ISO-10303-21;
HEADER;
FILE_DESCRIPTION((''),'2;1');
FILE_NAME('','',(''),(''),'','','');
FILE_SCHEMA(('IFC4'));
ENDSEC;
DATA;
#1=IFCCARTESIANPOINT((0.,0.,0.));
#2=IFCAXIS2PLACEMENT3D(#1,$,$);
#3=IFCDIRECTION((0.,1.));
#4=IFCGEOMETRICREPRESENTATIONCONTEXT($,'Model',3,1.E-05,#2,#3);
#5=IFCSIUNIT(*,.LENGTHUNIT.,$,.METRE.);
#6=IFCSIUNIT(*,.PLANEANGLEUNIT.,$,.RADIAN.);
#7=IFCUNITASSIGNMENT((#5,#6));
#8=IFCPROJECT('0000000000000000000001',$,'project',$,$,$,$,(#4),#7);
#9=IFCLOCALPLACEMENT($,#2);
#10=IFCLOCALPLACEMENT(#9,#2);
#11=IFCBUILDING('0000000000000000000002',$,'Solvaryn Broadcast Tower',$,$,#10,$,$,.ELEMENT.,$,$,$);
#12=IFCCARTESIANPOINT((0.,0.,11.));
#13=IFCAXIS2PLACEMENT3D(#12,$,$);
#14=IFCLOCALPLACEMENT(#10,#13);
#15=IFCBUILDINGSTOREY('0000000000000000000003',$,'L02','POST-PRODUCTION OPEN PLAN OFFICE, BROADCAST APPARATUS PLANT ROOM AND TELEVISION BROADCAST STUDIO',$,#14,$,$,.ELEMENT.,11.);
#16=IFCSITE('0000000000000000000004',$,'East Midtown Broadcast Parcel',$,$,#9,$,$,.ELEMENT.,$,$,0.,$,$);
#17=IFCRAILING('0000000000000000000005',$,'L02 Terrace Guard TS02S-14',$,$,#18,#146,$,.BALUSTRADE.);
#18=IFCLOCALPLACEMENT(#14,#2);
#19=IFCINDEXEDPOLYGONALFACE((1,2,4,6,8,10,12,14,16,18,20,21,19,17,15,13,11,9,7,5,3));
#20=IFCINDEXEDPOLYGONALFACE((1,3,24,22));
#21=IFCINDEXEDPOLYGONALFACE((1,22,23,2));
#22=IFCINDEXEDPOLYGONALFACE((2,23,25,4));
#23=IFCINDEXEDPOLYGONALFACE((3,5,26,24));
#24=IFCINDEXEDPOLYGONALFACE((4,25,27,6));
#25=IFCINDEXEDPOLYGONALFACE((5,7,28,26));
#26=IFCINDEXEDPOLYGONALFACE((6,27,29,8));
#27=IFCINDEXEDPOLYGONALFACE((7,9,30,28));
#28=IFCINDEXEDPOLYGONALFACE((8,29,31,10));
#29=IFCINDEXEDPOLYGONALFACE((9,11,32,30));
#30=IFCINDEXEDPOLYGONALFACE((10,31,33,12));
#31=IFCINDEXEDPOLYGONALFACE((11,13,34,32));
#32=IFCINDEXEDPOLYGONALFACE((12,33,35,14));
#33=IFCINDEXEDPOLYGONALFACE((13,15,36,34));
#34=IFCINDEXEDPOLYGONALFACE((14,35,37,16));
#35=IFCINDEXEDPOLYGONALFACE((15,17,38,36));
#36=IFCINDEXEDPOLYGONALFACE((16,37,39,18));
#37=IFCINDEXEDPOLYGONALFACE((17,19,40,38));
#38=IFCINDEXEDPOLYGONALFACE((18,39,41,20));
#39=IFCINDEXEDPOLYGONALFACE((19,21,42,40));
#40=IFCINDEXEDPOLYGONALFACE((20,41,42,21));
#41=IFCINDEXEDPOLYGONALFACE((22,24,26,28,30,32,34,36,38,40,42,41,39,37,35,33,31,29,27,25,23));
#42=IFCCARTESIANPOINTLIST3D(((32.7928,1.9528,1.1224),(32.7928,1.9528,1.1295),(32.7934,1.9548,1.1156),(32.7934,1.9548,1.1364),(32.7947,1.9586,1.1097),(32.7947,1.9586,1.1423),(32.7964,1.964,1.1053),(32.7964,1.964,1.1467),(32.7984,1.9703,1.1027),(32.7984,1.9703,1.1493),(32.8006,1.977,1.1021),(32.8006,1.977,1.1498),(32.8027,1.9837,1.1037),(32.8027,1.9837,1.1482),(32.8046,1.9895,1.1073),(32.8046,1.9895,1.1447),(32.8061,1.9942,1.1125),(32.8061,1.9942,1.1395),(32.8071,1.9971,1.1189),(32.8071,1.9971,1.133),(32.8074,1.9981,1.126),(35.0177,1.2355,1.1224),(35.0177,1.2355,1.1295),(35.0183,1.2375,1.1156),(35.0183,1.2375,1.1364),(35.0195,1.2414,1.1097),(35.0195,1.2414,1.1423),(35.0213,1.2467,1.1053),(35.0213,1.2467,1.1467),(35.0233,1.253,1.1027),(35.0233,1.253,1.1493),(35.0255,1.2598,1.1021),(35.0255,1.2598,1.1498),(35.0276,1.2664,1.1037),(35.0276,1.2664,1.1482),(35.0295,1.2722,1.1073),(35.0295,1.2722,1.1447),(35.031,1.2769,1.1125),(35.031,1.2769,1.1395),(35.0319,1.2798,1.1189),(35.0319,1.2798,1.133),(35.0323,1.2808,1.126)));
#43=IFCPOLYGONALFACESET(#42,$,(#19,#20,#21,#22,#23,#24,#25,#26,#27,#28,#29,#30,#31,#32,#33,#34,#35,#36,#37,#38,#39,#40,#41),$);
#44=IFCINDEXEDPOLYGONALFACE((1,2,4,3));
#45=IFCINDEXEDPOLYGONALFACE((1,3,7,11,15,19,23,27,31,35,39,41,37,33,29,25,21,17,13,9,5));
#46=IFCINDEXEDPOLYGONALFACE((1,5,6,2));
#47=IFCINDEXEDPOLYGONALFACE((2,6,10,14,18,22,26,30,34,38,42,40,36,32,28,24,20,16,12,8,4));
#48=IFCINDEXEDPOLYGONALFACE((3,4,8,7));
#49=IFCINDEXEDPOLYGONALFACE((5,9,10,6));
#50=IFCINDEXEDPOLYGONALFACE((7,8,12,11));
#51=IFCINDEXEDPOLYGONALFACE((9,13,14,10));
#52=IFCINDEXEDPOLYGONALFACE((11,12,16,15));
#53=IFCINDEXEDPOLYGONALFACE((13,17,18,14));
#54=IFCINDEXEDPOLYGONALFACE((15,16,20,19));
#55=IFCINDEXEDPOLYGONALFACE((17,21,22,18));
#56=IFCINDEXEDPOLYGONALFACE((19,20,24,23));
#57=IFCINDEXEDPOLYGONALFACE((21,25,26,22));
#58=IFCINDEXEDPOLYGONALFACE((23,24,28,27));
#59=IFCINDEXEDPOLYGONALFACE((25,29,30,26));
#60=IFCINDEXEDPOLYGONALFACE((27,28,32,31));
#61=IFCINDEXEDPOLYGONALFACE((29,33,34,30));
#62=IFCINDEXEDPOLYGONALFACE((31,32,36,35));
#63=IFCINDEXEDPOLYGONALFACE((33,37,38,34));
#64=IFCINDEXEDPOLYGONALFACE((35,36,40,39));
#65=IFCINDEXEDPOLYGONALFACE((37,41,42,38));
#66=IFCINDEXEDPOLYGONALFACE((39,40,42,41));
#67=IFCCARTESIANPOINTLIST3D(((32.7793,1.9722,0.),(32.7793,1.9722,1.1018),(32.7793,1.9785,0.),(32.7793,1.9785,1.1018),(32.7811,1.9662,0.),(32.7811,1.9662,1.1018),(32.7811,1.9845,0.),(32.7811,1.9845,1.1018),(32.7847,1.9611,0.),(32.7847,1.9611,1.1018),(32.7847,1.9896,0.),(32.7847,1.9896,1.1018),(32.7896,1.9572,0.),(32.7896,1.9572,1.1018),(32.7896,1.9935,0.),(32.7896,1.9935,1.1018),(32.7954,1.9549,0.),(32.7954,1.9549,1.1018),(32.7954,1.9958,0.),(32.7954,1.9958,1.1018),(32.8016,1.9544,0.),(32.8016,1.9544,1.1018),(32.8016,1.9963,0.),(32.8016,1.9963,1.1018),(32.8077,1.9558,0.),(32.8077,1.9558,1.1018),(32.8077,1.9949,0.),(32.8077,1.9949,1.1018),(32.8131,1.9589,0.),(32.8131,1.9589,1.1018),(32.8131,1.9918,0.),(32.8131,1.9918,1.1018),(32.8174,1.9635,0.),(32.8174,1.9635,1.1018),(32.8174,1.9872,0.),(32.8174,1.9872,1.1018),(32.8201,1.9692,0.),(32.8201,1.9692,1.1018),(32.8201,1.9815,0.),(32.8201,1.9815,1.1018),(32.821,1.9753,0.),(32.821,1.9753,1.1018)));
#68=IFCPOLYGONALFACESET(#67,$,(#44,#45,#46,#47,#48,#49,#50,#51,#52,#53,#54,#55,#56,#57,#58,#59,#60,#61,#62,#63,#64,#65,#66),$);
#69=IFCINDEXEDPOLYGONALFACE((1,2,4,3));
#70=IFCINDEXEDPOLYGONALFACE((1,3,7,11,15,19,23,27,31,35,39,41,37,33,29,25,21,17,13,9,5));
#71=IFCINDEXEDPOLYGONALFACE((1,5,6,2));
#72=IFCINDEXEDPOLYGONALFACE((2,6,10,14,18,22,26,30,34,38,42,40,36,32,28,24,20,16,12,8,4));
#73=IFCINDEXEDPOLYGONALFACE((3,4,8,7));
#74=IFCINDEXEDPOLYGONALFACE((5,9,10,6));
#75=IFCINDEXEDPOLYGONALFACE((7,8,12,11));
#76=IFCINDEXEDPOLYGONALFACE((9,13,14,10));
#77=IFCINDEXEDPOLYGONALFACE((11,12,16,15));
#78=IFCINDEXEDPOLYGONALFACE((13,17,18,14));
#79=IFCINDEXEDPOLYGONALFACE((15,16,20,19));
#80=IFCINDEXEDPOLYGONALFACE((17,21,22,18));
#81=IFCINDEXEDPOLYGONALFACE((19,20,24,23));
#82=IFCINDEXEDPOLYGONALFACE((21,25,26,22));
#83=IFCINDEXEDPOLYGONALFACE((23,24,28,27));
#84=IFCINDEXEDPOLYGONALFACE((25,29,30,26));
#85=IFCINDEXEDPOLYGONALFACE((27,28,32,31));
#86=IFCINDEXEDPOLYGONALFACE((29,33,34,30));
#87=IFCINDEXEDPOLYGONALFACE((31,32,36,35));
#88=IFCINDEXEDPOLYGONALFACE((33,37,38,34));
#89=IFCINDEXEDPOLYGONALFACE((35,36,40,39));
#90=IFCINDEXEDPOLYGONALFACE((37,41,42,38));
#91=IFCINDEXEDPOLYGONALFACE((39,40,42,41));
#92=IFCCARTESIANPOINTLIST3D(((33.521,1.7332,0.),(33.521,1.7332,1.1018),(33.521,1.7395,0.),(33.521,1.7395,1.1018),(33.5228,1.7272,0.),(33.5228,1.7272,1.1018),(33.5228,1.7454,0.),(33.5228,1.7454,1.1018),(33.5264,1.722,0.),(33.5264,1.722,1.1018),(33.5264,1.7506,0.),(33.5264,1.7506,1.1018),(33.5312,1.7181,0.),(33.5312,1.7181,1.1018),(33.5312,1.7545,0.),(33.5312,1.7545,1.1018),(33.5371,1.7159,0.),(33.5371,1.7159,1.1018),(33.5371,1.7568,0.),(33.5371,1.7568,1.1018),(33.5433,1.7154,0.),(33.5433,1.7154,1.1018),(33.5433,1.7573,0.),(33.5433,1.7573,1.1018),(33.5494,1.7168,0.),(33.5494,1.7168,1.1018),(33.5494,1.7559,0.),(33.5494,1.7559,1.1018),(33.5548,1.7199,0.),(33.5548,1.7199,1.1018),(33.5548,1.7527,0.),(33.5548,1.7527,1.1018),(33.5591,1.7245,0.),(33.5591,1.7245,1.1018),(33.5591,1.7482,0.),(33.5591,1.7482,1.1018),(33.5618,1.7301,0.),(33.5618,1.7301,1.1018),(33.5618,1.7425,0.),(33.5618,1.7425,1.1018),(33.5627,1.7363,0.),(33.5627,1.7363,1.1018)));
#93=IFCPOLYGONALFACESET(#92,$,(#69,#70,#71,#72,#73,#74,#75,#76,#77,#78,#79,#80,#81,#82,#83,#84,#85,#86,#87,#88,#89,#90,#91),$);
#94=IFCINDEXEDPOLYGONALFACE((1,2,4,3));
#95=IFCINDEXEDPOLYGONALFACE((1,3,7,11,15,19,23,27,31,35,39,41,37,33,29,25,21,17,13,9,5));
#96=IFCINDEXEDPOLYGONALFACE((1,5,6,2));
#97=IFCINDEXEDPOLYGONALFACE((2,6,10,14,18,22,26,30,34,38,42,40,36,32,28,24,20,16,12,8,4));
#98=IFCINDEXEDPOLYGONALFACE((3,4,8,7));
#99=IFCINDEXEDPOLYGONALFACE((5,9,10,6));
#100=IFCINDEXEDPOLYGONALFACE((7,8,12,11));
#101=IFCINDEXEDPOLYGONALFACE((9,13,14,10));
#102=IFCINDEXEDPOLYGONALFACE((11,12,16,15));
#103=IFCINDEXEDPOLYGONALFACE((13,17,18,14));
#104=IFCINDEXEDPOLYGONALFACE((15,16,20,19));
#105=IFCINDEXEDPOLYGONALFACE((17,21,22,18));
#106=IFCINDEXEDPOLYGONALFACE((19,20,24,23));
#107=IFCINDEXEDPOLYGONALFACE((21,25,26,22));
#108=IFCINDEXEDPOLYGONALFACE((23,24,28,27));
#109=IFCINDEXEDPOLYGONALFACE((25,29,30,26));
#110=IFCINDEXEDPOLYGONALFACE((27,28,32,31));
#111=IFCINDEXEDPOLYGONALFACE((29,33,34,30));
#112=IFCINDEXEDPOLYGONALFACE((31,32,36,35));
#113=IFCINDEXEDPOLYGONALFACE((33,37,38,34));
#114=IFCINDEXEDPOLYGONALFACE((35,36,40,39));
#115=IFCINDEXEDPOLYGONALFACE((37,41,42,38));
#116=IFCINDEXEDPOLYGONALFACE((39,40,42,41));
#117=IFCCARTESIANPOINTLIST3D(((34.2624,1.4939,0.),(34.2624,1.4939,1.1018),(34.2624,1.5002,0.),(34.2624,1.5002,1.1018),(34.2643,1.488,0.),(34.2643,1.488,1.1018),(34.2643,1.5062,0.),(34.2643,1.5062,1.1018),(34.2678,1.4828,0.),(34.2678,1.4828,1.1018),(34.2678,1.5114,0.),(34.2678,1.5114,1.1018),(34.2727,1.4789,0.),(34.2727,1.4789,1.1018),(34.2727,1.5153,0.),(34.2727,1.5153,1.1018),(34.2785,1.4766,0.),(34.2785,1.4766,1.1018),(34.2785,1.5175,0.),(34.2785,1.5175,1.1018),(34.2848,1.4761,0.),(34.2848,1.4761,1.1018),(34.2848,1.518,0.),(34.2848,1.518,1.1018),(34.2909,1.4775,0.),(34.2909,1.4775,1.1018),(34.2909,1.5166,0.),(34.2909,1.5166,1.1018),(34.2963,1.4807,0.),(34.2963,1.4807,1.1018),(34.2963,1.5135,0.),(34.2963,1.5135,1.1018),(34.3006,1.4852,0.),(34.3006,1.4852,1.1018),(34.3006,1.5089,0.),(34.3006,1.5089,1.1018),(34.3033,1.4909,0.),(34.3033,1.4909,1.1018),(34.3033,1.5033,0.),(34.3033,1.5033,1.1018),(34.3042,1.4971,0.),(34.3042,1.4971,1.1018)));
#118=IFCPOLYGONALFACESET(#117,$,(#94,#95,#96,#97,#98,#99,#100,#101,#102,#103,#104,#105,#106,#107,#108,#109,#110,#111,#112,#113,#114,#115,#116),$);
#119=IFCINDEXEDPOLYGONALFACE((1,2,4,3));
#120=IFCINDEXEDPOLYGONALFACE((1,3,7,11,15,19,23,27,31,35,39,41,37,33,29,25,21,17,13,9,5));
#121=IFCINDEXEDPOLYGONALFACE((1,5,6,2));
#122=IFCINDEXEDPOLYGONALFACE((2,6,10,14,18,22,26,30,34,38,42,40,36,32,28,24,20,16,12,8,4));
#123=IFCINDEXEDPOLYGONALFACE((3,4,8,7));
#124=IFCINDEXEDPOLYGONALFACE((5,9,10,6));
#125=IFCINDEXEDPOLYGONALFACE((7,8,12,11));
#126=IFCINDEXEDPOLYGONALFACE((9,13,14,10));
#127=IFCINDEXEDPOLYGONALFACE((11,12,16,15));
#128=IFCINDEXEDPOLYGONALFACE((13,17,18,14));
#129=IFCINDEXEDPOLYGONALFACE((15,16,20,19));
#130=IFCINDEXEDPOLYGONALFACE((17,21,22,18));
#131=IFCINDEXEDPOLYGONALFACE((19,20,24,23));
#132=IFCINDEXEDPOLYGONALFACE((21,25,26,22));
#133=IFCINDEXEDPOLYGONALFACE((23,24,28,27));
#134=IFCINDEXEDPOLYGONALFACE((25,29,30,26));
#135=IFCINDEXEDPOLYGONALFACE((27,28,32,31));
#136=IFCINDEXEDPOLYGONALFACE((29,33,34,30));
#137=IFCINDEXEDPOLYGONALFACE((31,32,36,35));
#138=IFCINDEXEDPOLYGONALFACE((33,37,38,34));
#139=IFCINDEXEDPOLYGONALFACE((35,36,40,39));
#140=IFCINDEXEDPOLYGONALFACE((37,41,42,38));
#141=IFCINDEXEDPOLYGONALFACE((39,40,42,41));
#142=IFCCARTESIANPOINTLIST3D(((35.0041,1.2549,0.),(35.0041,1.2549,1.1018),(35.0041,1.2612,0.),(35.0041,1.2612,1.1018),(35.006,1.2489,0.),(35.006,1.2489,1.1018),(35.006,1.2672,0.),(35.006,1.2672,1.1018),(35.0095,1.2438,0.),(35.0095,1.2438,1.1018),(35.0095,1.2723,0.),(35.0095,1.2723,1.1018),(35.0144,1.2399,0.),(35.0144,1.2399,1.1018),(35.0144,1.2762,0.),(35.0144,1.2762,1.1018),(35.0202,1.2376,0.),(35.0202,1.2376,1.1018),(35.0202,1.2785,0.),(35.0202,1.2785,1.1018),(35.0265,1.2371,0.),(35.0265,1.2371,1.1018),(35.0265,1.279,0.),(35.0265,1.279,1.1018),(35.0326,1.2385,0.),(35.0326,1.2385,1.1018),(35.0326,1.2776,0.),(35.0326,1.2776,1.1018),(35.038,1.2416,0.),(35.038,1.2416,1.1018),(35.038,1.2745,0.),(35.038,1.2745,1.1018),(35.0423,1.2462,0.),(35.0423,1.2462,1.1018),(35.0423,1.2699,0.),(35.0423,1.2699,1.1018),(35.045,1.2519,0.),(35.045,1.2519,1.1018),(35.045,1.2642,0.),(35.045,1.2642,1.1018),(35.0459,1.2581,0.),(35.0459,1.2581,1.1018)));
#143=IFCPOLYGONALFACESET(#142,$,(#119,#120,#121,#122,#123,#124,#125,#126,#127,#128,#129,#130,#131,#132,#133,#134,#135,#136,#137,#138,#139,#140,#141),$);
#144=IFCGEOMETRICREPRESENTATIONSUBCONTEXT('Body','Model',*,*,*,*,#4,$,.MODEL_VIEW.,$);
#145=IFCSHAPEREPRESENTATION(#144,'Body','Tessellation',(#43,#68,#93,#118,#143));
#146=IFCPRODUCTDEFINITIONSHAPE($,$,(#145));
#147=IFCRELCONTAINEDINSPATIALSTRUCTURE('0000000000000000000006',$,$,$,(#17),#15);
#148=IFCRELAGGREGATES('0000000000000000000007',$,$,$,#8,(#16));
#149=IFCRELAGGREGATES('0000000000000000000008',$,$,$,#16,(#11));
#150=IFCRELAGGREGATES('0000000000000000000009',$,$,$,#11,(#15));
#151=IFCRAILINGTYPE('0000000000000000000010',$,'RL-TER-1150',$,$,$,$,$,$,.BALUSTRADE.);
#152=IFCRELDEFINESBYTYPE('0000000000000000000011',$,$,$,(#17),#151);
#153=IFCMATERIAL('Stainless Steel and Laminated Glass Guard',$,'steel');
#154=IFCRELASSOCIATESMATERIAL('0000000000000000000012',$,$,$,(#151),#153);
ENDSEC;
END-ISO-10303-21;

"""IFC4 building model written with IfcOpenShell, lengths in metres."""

from ifc_helpers import new_model, si_unit, direction, frame, origin, origin_2d, place, context, subcontext, project, spatial, circle, extrude, material, type_object, element, save


model = new_model("IFC4")

# Units and contexts
model_context = context("Model", 3, precision=1e-05, world=origin(), true_north=direction((0.0, 1.0)))
body_context = subcontext(model_context, "Body", "Model", "MODEL_VIEW")
ifc_project = project(units=[si_unit("LENGTHUNIT", "METRE"), si_unit("PLANEANGLEUNIT", "RADIAN")], contexts=[model_context])

# Site, building, storey
site_placement = place(None, origin())
site = spatial("IfcSite", under=ifc_project, at=site_placement, Name="East Midtown Broadcast Parcel", CompositionType="ELEMENT", RefElevation=0.0)
building_placement = place(site_placement, origin())
building = spatial("IfcBuilding", under=site, at=building_placement, Name="Solvaryn Broadcast Tower", CompositionType="ELEMENT")
storey_placement = place(building_placement, frame((0.0, 0.0, 11.0)))
storey = spatial("IfcBuildingStorey", under=building, at=storey_placement, Name="L02", Description="POST-PRODUCTION OPEN PLAN OFFICE, BROADCAST APPARATUS PLANT ROOM AND TELEVISION BROADCAST STUDIO", CompositionType="ELEMENT", Elevation=11.0)

# Railing
ifc_material_1 = material(Name="Stainless Steel and Laminated Glass Guard", Category="steel")
railing_type = type_object("IfcRailingType", Name="RL-TER-1150", PredefinedType="BALUSTRADE", material=ifc_material_1)
railing_1_placement = place(storey_placement, frame((32.8, 1.9753, 0.0)))
element("IfcRailing", 1, at=railing_1_placement, inside=storey, type_object=railing_type, Name="L02 Terrace Guard TS02S-14", PredefinedType="BALUSTRADE", context=body_context, shape_type="SweptSolid", body=[
    extrude(circle(Radius=0.0239, at=origin_2d()), frame((0.0, 0.0, 1.126), z_axis=(0.95176, -0.306844, 0.0), x_axis=(0.306844, 0.95176, 0.0)), (0.0, 0.0, 1.0), 2.3376),
    extrude(circle(Radius=0.021, at=origin_2d()), origin(), (0.0, 0.0, 1.0), 1.1018),
    extrude(circle(Radius=0.021, at=origin_2d()), frame((0.7417, -0.239, 0.0)), (0.0, 0.0, 1.0), 1.1018),
    extrude(circle(Radius=0.021, at=origin_2d()), frame((1.4832, -0.4783, 0.0)), (0.0, 0.0, 1.0), 1.1018),
    extrude(circle(Radius=0.021, at=origin_2d()), frame((2.2249, -0.7173, 0.0)), (0.0, 0.0, 1.0), 1.1018),
])

save(model, "model.ifc")
